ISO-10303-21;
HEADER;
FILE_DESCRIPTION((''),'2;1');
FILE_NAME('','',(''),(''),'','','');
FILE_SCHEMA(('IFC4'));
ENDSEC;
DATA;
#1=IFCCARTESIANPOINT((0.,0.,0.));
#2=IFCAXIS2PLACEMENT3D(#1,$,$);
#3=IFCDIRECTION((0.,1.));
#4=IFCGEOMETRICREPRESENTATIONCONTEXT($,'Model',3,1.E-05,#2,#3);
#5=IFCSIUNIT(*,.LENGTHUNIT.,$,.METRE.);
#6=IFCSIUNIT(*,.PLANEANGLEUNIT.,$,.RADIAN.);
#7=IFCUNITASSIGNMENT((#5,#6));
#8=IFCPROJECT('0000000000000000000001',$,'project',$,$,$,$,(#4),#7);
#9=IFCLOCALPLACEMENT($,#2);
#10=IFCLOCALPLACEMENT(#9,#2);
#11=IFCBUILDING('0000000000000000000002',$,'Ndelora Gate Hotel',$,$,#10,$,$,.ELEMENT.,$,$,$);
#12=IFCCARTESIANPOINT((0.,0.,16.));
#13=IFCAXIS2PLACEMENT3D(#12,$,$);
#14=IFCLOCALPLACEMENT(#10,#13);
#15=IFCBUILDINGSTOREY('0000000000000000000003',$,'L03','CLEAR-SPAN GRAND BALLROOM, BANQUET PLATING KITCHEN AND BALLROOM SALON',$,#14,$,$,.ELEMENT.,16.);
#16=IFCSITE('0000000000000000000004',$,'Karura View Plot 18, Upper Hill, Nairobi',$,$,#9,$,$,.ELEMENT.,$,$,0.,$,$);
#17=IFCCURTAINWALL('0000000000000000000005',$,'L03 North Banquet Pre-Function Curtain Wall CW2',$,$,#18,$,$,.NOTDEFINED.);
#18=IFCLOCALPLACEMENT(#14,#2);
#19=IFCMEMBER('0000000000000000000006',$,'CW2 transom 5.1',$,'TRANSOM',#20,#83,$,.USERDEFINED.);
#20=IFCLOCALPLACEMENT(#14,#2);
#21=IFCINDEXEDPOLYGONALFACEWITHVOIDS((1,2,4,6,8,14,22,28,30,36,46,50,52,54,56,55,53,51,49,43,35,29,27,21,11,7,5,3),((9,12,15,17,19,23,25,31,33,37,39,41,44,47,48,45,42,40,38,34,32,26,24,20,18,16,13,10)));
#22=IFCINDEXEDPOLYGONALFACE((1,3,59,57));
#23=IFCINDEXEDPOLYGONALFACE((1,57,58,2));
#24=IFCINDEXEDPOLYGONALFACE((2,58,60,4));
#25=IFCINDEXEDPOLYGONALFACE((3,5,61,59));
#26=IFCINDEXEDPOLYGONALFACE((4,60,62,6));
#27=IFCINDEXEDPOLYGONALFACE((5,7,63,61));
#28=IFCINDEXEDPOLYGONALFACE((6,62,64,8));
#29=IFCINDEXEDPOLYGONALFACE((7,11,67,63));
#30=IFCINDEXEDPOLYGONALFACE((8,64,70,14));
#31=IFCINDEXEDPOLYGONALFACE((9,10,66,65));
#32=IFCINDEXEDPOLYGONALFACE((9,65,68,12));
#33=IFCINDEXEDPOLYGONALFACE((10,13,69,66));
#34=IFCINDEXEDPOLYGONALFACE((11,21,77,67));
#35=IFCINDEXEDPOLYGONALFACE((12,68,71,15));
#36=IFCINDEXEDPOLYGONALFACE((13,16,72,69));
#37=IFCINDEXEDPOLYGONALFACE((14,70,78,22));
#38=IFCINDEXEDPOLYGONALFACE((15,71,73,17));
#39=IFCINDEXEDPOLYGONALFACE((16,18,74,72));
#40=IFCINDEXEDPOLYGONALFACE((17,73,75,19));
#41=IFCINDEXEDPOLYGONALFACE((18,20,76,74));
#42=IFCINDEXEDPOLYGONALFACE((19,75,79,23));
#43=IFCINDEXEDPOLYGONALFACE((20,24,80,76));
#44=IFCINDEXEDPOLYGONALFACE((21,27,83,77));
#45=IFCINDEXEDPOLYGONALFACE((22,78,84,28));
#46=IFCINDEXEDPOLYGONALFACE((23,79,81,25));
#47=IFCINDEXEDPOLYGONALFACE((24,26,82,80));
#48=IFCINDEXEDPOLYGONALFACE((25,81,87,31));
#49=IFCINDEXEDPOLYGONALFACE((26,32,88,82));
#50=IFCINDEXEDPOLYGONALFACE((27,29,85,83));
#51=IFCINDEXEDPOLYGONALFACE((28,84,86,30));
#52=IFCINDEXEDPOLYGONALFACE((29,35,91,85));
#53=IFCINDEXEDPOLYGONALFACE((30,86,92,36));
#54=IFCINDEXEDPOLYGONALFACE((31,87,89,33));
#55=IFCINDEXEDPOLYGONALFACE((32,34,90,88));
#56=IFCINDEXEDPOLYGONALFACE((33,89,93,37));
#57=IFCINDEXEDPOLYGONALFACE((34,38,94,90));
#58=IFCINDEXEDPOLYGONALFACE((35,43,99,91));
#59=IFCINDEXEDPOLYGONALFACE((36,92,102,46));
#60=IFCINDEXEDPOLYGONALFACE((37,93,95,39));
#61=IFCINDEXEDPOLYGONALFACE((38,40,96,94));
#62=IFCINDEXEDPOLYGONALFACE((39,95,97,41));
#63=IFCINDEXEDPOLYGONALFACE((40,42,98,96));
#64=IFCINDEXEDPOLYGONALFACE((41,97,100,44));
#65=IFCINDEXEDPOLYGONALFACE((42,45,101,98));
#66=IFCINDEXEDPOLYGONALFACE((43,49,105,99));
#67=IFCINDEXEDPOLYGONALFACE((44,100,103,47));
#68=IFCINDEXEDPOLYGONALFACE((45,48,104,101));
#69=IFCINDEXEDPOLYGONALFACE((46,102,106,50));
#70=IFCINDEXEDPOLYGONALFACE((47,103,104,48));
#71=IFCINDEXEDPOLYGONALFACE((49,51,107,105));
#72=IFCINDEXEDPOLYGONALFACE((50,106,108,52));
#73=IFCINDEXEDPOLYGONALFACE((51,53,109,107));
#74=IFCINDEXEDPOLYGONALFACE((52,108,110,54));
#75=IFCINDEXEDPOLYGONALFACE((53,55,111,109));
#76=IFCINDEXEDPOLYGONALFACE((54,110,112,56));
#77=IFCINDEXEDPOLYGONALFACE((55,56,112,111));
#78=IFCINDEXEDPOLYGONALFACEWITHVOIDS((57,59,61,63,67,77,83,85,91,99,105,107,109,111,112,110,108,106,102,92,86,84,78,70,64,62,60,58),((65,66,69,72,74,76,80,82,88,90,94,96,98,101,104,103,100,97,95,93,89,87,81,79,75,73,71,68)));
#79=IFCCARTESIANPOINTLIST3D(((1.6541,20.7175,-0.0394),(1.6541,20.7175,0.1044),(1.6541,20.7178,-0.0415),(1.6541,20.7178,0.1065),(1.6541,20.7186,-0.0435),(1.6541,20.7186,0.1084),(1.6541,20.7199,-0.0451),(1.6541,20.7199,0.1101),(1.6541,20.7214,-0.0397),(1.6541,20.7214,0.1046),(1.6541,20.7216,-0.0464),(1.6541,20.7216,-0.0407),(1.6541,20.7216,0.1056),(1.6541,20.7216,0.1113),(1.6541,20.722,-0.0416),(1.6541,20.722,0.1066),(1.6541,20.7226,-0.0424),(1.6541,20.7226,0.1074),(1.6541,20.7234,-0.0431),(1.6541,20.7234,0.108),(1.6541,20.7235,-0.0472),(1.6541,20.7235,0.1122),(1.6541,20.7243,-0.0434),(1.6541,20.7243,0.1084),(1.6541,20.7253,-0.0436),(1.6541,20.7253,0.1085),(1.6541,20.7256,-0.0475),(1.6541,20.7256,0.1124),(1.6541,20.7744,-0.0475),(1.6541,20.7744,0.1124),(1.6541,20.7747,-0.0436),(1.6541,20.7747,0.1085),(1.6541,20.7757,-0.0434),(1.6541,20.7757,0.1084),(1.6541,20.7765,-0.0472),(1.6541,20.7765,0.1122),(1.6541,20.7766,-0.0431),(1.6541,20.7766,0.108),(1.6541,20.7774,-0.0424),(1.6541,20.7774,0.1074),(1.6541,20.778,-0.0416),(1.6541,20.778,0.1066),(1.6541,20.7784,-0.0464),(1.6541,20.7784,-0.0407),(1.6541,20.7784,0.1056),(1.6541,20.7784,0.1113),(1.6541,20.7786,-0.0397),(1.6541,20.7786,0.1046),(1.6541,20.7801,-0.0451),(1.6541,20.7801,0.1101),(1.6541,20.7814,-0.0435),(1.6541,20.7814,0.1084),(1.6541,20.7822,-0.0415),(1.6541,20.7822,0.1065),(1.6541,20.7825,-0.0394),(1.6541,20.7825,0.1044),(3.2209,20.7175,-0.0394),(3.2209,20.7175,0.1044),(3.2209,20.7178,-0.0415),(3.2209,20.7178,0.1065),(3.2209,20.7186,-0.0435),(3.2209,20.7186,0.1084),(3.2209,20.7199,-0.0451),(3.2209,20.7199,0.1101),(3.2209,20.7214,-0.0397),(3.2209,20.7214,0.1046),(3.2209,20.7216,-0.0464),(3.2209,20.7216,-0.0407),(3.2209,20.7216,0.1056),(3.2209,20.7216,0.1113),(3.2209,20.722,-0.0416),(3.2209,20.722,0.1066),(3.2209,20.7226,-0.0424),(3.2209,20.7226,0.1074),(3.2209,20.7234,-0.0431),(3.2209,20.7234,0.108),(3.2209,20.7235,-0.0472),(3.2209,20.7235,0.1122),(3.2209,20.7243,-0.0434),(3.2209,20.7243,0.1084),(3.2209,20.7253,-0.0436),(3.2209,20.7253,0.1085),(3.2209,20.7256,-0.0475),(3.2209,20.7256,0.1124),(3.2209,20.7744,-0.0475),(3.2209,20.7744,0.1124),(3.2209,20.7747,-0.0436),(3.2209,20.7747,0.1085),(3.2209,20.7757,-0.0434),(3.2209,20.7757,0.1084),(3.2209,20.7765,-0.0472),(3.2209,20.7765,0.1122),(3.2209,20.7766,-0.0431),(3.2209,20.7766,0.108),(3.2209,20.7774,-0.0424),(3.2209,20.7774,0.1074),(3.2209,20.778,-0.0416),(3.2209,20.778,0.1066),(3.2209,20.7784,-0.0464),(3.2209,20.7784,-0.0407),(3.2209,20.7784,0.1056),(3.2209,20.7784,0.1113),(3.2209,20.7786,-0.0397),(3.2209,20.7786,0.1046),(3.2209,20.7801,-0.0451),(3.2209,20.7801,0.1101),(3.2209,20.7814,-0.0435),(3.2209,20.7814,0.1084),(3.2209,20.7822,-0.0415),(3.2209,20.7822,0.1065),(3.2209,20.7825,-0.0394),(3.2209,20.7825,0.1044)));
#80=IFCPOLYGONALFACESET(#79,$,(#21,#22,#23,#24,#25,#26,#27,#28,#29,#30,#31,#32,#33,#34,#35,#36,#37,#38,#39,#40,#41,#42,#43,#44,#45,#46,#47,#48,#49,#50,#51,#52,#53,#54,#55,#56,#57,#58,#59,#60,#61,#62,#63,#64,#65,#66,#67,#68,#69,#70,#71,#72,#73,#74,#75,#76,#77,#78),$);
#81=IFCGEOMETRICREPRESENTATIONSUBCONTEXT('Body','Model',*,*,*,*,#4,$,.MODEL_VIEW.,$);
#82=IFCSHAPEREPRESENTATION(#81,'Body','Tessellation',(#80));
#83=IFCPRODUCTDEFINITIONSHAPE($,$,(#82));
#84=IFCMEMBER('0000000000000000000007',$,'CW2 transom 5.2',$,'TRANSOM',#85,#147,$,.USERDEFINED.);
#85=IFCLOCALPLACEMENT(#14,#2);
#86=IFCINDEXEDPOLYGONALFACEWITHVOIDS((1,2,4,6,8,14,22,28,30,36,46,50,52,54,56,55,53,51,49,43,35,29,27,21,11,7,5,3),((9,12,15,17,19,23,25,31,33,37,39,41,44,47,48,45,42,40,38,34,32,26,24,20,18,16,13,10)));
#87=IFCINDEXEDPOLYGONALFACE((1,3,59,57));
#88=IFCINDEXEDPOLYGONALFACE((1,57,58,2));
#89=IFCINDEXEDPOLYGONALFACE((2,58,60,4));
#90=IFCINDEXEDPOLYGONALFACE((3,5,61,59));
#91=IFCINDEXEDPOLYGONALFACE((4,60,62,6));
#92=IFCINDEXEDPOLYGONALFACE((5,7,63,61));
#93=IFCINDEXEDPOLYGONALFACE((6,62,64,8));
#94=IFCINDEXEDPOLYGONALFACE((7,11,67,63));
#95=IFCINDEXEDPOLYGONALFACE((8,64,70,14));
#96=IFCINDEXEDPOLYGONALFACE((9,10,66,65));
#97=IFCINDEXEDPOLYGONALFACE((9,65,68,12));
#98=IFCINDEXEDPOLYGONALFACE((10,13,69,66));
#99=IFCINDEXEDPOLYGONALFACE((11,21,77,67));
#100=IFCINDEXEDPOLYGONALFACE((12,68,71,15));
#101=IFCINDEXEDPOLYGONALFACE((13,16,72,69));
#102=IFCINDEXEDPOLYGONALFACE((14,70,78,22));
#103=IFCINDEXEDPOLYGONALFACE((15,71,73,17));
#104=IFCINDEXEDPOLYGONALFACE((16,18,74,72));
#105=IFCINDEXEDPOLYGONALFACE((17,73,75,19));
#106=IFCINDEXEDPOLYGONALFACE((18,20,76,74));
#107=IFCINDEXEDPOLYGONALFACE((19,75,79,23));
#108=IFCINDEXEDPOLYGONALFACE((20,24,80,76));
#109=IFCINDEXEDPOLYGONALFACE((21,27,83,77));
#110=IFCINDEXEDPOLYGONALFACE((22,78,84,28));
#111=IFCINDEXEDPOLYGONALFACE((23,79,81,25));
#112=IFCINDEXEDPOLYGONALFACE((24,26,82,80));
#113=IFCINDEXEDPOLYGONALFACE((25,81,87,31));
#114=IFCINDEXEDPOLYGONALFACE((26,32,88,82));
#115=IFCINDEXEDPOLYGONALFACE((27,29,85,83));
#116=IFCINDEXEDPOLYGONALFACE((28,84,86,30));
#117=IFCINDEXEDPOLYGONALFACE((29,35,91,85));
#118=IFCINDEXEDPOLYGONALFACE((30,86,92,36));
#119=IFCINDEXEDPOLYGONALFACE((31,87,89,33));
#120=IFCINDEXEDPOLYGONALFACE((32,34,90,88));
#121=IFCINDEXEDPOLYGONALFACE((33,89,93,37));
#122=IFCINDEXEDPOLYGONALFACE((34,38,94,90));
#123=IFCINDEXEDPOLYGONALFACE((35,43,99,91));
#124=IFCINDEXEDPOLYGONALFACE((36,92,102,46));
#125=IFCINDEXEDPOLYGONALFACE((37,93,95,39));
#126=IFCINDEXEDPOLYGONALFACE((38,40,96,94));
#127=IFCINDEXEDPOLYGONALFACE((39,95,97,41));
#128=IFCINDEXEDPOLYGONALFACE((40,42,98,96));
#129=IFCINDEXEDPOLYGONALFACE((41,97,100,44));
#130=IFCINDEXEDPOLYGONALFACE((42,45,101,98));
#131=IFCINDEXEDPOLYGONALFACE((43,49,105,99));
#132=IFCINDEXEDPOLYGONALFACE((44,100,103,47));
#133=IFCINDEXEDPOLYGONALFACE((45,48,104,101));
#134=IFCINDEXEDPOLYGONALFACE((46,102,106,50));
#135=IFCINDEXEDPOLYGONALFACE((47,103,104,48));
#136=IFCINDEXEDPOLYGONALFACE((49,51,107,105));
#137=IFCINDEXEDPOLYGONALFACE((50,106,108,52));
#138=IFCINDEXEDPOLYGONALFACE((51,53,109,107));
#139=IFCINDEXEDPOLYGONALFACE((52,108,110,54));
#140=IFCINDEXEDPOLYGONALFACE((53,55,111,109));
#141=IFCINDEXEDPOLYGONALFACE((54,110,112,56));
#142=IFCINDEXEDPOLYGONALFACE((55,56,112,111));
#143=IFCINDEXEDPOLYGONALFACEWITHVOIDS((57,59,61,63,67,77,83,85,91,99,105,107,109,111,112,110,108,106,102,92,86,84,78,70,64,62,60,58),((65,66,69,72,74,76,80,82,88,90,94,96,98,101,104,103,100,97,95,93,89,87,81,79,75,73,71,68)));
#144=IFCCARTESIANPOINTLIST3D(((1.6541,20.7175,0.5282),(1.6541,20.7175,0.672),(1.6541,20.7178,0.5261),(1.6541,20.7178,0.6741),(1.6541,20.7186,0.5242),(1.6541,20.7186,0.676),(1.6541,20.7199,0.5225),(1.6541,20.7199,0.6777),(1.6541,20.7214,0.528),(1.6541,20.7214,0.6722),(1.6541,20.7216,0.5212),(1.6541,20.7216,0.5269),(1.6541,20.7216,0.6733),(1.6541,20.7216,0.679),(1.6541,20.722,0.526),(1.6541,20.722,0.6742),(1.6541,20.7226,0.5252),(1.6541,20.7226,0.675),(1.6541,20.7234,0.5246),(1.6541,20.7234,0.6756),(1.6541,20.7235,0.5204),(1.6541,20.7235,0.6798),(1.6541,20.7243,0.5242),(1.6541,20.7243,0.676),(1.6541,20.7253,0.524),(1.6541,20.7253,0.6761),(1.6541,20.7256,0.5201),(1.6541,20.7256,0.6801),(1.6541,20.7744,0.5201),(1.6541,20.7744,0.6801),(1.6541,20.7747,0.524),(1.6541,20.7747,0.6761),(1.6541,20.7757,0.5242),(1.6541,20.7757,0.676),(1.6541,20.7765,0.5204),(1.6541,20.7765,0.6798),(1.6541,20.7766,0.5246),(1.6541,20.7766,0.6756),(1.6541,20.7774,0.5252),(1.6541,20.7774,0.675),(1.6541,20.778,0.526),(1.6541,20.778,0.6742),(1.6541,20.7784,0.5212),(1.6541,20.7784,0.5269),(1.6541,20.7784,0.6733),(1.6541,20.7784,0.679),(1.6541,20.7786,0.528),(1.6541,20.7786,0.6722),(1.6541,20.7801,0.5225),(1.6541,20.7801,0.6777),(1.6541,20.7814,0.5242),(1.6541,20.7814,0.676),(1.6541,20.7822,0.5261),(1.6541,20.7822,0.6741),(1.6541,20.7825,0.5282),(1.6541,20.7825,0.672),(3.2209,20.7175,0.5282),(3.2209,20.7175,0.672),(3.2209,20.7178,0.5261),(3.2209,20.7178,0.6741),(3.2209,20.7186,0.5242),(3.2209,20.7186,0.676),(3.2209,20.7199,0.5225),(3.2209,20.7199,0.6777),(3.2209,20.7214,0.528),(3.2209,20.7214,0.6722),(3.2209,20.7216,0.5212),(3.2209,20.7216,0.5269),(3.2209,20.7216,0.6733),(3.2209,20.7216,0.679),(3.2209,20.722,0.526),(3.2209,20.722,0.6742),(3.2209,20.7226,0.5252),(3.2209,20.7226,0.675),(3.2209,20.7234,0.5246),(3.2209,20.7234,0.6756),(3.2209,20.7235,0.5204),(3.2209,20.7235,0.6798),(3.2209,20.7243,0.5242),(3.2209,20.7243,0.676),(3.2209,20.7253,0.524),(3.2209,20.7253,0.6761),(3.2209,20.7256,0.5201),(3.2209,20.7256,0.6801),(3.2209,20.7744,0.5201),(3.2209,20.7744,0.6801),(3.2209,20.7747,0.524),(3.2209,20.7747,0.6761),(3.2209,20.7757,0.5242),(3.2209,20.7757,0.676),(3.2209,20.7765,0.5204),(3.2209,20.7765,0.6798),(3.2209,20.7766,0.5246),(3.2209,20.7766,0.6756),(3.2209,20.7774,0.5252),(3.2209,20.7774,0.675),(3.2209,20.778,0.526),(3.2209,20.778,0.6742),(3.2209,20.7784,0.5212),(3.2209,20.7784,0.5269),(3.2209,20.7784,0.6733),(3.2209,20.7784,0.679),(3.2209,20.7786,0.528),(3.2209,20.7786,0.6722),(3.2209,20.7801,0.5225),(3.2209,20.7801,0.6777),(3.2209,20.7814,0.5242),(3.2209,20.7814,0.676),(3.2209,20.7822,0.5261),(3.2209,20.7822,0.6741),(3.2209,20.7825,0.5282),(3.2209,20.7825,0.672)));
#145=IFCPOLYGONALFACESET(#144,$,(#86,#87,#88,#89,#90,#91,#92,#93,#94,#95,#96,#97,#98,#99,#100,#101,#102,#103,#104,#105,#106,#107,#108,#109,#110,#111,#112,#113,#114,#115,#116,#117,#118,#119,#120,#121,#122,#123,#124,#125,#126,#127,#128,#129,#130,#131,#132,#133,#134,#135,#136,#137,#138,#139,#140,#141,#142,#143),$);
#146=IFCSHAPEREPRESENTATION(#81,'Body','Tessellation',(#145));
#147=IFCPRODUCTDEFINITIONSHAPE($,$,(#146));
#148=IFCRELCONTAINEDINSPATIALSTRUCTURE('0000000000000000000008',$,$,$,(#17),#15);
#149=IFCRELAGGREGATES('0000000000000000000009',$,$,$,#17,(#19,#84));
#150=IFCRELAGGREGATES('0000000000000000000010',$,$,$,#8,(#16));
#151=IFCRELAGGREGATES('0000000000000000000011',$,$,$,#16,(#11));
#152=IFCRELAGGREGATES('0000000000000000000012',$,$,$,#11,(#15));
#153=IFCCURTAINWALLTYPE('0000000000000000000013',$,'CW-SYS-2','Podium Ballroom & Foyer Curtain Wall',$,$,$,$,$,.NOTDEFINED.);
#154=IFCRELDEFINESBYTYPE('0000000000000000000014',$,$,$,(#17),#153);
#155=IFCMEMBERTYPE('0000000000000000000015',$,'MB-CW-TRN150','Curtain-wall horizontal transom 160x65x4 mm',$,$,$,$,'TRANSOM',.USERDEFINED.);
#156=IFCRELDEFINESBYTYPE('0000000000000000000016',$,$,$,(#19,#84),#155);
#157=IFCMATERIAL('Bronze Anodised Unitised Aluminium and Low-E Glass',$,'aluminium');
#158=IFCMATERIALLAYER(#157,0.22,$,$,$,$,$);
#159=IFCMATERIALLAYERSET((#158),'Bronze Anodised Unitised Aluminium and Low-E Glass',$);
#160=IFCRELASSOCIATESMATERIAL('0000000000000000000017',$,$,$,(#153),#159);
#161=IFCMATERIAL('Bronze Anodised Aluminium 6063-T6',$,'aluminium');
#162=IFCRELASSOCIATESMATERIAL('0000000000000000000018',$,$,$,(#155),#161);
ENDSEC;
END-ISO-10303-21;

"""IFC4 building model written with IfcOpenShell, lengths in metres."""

from ifc_helpers import new_model, si_unit, direction, frame, origin, origin_2d, place, context, subcontext, project, spatial, hollow_rectangle, extrude, material, layer, layer_set, material_profile, profile_set, type_object, element, aggregate, save


model = new_model("IFC4")

# Units and contexts
model_context = context("Model", 3, precision=1e-05, world=origin(), true_north=direction((0.0, 1.0)))
body_context = subcontext(model_context, "Body", "Model", "MODEL_VIEW")
ifc_project = project(units=[si_unit("LENGTHUNIT", "METRE"), si_unit("PLANEANGLEUNIT", "RADIAN")], contexts=[model_context])

# Site, building, storey
site_placement = place(None, origin())
site = spatial("IfcSite", under=ifc_project, at=site_placement, Name="Karura View Plot 18, Upper Hill, Nairobi", CompositionType="ELEMENT", RefElevation=0.0)
building_placement = place(site_placement, origin())
building = spatial("IfcBuilding", under=site, at=building_placement, Name="Ndelora Gate Hotel", CompositionType="ELEMENT")
storey_placement = place(building_placement, frame((0.0, 0.0, 16.0)))
storey = spatial("IfcBuildingStorey", under=building, at=storey_placement, Name="L03", Description="CLEAR-SPAN GRAND BALLROOM, BANQUET PLATING KITCHEN AND BALLROOM SALON", CompositionType="ELEMENT", Elevation=16.0)

# Curtain wall, members
ifc_material_1 = material(Name="Bronze Anodised Unitised Aluminium and Low-E Glass", Category="aluminium")
ifc_layer_1 = layer(ifc_material_1, 0.22)
ifc_layer_set_1 = layer_set([ifc_layer_1], Name="Bronze Anodised Unitised Aluminium and Low-E Glass")
curtain_wall_type = type_object("IfcCurtainWallType", Name="CW-SYS-2", Description="Podium Ballroom & Foyer Curtain Wall", PredefinedType="NOTDEFINED", material=ifc_layer_set_1)
curtain_wall_placement = place(storey_placement, origin())
curtain_wall = element("IfcCurtainWall", 1, at=curtain_wall_placement, inside=storey, type_object=curtain_wall_type, Name="L03 North Banquet Pre-Function Curtain Wall CW2", PredefinedType="NOTDEFINED")
ifc_material_2 = material(Name="Bronze Anodised Aluminium 6063-T6", Category="aluminium")
ifc_material_profile_1 = material_profile(ifc_material_2, hollow_rectangle(XDim=0.0649, YDim=0.1599, WallThickness=0.0039, InnerFilletRadius=0.0039, OuterFilletRadius=0.0081, at=origin_2d()), Name="ALU 160x65x4")
ifc_profile_set_1 = profile_set([ifc_material_profile_1], Name="Bronze Anodised Aluminium 6063-T6")
member_type_1 = type_object("IfcMemberType", Name="MB-CW-TRN150", Description="Curtain-wall horizontal transom 160x65x4 mm", ElementType="TRANSOM", PredefinedType="USERDEFINED", material=ifc_profile_set_1)
member_1_placement = place(storey_placement, frame((3.2209, 20.75, 0.0325), z_axis=(-1.0, 0.0, 0.0), x_axis=(0.0, -1.0, 0.0)))
member_1 = element("IfcMember", 2, at=member_1_placement, type_object=member_type_1, Name="CW2 transom 5.1", ObjectType="TRANSOM", PredefinedType="USERDEFINED", context=body_context, shape_type="SweptSolid", body=[
    extrude(hollow_rectangle(XDim=0.0649, YDim=0.1599, WallThickness=0.0039, InnerFilletRadius=0.0039, OuterFilletRadius=0.0081, at=origin_2d()), origin(), (0.0, 0.0, 1.0), 1.5669),
])
member_2_placement = place(storey_placement, frame((3.2209, 20.75, 0.6001), z_axis=(-1.0, 0.0, 0.0), x_axis=(0.0, -1.0, 0.0)))
member_2 = element("IfcMember", 3, at=member_2_placement, type_object=member_type_1, Name="CW2 transom 5.2", ObjectType="TRANSOM", PredefinedType="USERDEFINED", context=body_context, shape_type="SweptSolid", body=[
    extrude(hollow_rectangle(XDim=0.0649, YDim=0.1599, WallThickness=0.0039, InnerFilletRadius=0.0039, OuterFilletRadius=0.0081, at=origin_2d()), origin(), (0.0, 0.0, 1.0), 1.5669),
])
aggregate(curtain_wall, [member_1, member_2])

save(model, "model.ifc")
